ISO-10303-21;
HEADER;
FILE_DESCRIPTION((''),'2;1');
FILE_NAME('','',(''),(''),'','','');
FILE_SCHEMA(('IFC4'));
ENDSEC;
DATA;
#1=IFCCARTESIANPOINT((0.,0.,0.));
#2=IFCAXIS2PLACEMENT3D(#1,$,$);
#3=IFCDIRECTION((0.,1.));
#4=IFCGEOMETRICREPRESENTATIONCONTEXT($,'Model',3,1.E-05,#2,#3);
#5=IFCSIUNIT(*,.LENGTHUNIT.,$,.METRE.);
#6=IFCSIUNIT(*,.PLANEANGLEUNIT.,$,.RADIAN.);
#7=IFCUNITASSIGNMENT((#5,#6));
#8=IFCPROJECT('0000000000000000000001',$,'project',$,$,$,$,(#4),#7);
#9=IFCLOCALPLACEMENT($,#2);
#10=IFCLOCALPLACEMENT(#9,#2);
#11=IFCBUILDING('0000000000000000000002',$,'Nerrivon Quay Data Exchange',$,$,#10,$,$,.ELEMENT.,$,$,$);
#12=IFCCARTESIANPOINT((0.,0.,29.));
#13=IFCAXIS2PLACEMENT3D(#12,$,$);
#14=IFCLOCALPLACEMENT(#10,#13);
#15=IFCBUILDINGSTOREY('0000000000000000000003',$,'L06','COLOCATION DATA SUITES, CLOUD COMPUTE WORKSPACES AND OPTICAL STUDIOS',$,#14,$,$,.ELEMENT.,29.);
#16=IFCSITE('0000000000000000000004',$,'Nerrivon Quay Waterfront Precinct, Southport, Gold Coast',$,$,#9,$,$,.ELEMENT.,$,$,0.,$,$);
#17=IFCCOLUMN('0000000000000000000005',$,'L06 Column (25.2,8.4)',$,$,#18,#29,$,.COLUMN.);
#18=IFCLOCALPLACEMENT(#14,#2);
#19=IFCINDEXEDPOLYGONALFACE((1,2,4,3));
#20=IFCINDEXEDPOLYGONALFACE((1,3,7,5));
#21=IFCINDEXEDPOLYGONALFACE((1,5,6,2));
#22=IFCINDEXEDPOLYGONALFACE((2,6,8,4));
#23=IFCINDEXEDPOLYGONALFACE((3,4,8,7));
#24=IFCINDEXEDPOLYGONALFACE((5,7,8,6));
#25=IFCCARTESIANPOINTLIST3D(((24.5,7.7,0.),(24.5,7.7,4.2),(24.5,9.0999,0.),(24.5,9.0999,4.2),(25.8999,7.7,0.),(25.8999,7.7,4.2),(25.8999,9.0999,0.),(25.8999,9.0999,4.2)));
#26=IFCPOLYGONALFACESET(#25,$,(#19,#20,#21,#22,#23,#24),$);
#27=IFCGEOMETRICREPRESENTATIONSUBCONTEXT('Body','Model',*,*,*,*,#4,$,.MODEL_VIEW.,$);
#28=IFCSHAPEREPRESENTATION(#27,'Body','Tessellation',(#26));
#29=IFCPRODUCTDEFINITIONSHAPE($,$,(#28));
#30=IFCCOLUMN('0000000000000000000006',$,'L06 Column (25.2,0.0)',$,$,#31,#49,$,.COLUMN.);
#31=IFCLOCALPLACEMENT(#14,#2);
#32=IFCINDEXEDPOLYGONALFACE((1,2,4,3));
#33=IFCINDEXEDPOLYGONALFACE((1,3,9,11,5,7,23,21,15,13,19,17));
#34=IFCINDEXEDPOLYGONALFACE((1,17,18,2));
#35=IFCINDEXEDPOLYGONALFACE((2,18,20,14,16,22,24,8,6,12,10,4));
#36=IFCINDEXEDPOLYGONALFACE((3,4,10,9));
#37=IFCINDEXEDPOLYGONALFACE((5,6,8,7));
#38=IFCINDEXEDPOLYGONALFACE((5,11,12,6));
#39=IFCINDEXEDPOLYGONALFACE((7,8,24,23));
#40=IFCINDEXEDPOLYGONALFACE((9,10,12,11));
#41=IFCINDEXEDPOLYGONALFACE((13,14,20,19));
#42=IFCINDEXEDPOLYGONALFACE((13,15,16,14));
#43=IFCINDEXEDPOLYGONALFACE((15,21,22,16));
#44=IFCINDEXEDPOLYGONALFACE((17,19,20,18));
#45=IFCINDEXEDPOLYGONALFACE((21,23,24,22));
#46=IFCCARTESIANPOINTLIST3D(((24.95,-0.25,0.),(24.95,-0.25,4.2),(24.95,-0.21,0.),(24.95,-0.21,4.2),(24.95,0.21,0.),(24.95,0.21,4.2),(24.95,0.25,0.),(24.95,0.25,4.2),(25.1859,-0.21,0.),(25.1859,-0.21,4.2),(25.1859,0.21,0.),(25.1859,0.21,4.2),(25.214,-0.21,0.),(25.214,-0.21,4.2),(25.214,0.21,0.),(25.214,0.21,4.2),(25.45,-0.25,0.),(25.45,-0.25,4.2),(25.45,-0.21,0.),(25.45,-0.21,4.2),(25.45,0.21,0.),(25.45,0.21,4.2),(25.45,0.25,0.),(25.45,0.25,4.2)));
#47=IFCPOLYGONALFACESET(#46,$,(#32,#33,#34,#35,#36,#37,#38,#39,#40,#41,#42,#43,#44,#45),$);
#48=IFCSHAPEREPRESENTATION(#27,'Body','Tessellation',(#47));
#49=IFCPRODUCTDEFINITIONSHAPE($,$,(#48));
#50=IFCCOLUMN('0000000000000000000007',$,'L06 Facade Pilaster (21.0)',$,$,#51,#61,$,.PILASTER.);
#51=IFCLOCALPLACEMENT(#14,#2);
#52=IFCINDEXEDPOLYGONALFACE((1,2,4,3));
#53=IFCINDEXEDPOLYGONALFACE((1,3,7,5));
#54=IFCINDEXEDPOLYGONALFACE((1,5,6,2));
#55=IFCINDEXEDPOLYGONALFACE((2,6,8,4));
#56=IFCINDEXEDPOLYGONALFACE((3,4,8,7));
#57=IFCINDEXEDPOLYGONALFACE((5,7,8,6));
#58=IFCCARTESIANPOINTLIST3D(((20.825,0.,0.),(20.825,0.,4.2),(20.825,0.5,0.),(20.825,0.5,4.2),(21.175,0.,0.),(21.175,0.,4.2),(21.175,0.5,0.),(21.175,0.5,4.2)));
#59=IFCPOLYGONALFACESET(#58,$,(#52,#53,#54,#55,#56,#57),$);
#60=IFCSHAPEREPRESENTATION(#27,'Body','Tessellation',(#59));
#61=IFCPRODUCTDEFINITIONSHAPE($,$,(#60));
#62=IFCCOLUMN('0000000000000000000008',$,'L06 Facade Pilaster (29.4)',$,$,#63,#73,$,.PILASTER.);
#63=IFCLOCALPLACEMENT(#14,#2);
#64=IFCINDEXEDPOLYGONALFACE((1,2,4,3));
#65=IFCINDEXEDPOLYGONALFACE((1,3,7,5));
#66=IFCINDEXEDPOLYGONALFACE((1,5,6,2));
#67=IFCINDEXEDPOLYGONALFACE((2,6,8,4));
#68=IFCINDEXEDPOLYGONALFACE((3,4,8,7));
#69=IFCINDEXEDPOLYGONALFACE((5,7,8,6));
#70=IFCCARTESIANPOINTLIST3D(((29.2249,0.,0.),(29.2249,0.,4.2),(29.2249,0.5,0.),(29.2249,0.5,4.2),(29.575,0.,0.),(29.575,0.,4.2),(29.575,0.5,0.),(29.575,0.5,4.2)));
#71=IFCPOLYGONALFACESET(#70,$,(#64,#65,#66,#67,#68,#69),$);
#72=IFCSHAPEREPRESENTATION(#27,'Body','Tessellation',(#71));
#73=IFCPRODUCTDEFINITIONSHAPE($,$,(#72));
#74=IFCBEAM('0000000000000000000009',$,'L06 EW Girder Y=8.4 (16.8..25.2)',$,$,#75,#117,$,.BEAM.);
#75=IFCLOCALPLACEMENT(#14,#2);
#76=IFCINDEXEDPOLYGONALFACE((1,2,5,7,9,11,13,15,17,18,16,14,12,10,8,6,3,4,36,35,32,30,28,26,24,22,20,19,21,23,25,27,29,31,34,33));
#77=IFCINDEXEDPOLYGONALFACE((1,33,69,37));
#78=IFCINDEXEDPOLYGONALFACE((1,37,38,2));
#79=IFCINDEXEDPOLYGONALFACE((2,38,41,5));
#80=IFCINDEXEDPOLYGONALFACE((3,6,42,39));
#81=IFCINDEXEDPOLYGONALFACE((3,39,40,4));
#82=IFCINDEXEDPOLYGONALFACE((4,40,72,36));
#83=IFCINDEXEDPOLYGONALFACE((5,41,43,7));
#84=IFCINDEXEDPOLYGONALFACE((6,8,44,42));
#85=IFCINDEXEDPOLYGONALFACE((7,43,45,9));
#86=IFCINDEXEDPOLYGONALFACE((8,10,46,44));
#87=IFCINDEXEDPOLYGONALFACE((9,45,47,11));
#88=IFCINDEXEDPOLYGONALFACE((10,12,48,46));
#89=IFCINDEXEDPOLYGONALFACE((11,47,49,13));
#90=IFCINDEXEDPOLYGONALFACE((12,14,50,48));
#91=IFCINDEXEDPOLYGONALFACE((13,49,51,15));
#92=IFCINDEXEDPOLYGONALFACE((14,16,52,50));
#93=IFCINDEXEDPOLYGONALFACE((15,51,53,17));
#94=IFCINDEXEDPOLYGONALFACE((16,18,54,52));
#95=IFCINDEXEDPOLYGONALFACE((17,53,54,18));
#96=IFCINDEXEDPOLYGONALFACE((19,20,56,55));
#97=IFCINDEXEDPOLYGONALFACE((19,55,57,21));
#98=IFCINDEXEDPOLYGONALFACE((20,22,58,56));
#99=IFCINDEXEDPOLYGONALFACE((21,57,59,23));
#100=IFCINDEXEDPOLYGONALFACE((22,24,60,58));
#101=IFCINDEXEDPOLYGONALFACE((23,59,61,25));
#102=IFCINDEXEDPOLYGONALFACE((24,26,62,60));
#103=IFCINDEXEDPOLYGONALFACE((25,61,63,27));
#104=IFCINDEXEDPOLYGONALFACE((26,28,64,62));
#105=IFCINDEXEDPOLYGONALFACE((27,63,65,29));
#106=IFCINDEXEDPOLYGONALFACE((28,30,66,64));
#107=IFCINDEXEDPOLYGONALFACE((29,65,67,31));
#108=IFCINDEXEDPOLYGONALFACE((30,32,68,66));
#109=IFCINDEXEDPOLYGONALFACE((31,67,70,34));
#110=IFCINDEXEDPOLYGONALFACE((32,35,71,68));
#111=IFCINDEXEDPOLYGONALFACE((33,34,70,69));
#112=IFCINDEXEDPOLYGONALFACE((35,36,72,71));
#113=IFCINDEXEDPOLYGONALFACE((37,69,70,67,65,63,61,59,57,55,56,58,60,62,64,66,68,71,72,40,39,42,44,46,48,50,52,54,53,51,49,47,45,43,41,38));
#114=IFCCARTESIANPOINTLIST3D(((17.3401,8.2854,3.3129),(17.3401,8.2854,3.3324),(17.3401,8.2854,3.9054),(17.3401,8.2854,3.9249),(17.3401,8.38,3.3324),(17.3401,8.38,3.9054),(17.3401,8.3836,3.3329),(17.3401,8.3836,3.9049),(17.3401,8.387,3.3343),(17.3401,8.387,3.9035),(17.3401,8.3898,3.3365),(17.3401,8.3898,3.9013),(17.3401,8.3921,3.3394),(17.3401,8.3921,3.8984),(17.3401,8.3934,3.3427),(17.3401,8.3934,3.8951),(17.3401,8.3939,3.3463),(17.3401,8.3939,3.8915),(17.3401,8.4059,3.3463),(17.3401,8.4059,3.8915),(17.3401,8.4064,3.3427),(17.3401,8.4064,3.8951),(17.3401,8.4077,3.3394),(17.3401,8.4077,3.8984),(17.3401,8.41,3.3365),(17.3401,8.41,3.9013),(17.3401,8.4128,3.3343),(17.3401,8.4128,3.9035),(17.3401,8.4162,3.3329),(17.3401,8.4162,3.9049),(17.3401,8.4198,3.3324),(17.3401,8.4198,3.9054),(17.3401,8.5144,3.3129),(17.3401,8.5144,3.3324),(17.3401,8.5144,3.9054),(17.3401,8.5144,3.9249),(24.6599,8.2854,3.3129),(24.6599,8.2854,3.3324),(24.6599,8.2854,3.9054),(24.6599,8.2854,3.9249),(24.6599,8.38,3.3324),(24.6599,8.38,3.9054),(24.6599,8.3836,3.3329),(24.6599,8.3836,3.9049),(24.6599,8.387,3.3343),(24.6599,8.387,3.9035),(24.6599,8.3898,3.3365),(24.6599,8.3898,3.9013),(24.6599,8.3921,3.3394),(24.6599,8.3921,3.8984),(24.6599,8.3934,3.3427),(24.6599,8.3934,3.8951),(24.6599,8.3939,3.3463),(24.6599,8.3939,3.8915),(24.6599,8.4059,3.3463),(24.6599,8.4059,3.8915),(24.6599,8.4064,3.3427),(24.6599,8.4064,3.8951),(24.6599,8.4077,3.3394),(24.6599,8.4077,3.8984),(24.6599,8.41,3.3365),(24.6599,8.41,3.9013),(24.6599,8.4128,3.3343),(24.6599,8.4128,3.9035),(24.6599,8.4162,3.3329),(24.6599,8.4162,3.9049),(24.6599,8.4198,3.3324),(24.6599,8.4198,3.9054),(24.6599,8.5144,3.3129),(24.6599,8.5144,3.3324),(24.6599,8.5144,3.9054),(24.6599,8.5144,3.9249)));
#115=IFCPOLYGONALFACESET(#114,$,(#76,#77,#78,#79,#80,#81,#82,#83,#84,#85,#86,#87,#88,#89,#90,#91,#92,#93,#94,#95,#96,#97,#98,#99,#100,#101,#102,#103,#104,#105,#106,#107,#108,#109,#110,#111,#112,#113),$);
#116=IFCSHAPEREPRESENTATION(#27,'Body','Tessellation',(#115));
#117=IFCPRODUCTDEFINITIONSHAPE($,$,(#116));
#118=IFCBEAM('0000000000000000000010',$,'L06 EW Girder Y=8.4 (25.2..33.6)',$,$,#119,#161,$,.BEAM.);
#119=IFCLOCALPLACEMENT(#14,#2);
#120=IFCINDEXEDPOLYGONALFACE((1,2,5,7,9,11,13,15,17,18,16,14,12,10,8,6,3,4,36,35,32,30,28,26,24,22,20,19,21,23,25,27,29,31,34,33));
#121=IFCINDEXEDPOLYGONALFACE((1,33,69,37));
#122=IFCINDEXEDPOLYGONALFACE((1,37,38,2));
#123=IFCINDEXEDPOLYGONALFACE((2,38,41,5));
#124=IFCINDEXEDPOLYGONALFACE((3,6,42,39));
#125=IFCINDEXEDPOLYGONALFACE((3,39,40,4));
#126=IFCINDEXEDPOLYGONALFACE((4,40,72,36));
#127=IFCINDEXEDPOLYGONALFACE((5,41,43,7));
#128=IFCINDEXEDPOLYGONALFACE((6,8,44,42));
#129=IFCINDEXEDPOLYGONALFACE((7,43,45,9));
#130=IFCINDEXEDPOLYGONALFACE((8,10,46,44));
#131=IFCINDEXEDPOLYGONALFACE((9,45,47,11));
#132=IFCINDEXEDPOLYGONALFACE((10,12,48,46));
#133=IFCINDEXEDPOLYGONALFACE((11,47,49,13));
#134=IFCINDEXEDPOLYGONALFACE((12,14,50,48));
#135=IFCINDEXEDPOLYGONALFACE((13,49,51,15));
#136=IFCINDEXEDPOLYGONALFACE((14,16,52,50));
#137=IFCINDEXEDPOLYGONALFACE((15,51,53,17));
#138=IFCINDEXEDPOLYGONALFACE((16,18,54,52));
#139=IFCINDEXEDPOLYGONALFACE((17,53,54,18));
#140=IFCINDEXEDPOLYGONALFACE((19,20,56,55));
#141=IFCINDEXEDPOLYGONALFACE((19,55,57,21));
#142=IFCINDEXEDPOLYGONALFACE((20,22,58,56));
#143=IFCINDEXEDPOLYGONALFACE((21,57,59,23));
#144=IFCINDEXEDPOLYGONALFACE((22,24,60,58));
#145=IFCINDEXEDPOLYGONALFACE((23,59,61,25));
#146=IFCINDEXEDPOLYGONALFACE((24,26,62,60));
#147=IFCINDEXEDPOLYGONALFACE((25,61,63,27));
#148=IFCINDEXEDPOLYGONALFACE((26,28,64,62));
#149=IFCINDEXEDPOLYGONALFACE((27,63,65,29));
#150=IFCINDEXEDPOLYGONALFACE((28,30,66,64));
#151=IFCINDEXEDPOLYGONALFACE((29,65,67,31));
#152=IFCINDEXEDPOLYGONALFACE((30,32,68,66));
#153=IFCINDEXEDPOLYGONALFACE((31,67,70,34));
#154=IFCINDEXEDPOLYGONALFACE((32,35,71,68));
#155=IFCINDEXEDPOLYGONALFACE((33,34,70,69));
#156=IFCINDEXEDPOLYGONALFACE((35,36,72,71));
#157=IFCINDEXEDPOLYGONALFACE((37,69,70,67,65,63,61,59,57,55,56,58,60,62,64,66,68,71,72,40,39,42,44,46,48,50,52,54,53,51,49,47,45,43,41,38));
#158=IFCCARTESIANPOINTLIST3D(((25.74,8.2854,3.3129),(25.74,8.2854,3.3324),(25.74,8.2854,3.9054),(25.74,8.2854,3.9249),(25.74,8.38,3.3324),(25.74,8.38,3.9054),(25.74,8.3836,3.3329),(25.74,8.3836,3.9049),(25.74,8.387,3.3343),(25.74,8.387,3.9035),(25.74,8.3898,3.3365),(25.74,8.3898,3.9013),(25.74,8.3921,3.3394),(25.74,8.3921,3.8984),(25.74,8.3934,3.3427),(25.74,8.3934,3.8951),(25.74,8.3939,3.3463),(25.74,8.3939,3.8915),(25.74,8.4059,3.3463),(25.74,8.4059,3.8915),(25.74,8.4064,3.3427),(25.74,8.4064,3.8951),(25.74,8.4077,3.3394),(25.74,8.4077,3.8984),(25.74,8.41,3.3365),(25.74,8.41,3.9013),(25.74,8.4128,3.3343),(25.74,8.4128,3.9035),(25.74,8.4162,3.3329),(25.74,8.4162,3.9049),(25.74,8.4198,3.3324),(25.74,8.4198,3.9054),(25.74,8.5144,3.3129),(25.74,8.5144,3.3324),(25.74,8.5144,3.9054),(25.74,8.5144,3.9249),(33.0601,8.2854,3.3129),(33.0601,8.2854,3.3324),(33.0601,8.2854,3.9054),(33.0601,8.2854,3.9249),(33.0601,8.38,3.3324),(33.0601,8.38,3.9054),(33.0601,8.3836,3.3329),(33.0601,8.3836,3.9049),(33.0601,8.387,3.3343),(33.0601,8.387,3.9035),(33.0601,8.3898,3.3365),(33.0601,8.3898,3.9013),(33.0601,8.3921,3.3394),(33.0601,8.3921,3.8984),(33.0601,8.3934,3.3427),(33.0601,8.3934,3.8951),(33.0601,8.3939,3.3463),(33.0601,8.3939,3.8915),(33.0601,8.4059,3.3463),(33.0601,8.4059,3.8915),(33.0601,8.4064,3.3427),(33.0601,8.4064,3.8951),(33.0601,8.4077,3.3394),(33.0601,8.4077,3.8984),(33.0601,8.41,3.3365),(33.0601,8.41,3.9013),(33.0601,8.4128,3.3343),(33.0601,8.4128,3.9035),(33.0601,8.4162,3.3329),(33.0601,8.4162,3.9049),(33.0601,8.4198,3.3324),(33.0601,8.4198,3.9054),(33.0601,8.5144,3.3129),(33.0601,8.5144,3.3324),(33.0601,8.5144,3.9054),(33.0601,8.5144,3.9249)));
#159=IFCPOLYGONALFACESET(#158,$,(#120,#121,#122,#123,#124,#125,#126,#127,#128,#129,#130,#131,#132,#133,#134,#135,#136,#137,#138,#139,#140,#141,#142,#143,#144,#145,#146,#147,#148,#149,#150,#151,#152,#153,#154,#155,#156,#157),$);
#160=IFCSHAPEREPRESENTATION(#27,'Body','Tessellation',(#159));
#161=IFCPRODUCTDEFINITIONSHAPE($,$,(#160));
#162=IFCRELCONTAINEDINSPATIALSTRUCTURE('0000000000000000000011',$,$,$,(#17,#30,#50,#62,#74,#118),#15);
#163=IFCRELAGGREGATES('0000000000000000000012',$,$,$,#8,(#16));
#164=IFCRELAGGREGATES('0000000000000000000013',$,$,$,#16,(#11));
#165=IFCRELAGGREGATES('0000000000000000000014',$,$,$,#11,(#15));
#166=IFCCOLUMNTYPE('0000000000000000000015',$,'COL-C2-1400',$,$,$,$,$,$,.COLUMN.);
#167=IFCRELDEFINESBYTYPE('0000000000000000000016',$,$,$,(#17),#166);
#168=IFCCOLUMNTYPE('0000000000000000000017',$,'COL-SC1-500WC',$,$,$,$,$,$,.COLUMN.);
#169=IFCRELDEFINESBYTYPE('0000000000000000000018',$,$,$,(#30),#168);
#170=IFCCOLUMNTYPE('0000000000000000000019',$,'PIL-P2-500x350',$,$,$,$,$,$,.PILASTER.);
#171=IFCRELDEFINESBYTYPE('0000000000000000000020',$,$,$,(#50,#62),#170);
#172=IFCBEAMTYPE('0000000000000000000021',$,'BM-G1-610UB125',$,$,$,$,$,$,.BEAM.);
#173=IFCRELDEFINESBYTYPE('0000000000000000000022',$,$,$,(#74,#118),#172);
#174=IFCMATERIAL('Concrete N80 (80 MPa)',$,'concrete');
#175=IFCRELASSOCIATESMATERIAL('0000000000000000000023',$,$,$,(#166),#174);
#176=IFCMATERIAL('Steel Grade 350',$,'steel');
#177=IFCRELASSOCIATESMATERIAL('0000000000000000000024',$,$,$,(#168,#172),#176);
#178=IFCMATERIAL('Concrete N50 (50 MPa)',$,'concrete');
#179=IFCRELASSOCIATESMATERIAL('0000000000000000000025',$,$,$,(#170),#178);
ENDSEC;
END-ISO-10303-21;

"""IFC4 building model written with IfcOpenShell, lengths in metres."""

from ifc_helpers import new_model, si_unit, direction, frame, origin, origin_2d, place, context, subcontext, project, spatial, rectangle, i_section, extrude, material, material_profile, profile_set, type_object, element, save


model = new_model("IFC4")

# Units and contexts
model_context = context("Model", 3, precision=1e-05, world=origin(), true_north=direction((0.0, 1.0)))
body_context = subcontext(model_context, "Body", "Model", "MODEL_VIEW")
ifc_project = project(units=[si_unit("LENGTHUNIT", "METRE"), si_unit("PLANEANGLEUNIT", "RADIAN")], contexts=[model_context])

# Site, building, storey
site_placement = place(None, origin())
site = spatial("IfcSite", under=ifc_project, at=site_placement, Name="Nerrivon Quay Waterfront Precinct, Southport, Gold Coast", CompositionType="ELEMENT", RefElevation=0.0)
building_placement = place(site_placement, origin())
building = spatial("IfcBuilding", under=site, at=building_placement, Name="Nerrivon Quay Data Exchange", CompositionType="ELEMENT")
storey_placement = place(building_placement, frame((0.0, 0.0, 29.0)))
storey = spatial("IfcBuildingStorey", under=building, at=storey_placement, Name="L06", Description="COLOCATION DATA SUITES, CLOUD COMPUTE WORKSPACES AND OPTICAL STUDIOS", CompositionType="ELEMENT", Elevation=29.0)

# Columns
ifc_material_1 = material(Name="Concrete N80 (80 MPa)", Category="concrete")
ifc_material_profile_1 = material_profile(ifc_material_1, rectangle(XDim=1.3999, YDim=1.3999, at=origin_2d()), Name="RC-COL-1400x1400")
ifc_profile_set_1 = profile_set([ifc_material_profile_1], Name="Concrete N80 (80 MPa)")
column_type_1 = type_object("IfcColumnType", Name="COL-C2-1400", PredefinedType="COLUMN", material=ifc_profile_set_1)
column_1_placement = place(storey_placement, frame((25.2, 8.3999, 0.0), z_axis=(0.0, 0.0, 1.0), x_axis=(1.0, 0.0, 0.0)))
element("IfcColumn", 1, at=column_1_placement, inside=storey, type_object=column_type_1, Name="L06 Column (25.2,8.4)", PredefinedType="COLUMN", context=body_context, shape_type="SweptSolid", body=[
    extrude(rectangle(XDim=1.3999, YDim=1.3999, at=origin_2d()), origin(), (0.0, 0.0, 1.0), 4.2),
])
ifc_material_2 = material(Name="Steel Grade 350", Category="steel")
ifc_material_profile_2 = material_profile(ifc_material_2, i_section(OverallWidth=0.5, OverallDepth=0.5, WebThickness=0.0281, FlangeThickness=0.04, at=origin_2d()), Name="500WC440")
ifc_profile_set_2 = profile_set([ifc_material_profile_2], Name="Steel Grade 350")
column_type_2 = type_object("IfcColumnType", Name="COL-SC1-500WC", PredefinedType="COLUMN", material=ifc_profile_set_2)
column_2_placement = place(storey_placement, frame((25.2, 0.0, 0.0), z_axis=(0.0, 0.0, 1.0), x_axis=(1.0, 0.0, 0.0)))
element("IfcColumn", 2, at=column_2_placement, inside=storey, type_object=column_type_2, Name="L06 Column (25.2,0.0)", PredefinedType="COLUMN", context=body_context, shape_type="SweptSolid", body=[
    extrude(i_section(OverallWidth=0.5, OverallDepth=0.5, WebThickness=0.0281, FlangeThickness=0.04, at=origin_2d()), origin(), (0.0, 0.0, 1.0), 4.2),
])
ifc_material_3 = material(Name="Concrete N50 (50 MPa)", Category="concrete")
ifc_material_profile_3 = material_profile(ifc_material_3, rectangle(XDim=0.3501, YDim=0.5, at=origin_2d()), Name="RC-PIL-500x350")
ifc_profile_set_3 = profile_set([ifc_material_profile_3], Name="Concrete N50 (50 MPa)")
column_type_3 = type_object("IfcColumnType", Name="PIL-P2-500x350", PredefinedType="PILASTER", material=ifc_profile_set_3)
for number, where, z_axis, x_axis, name in (
    (3, (21.0, 0.25, 0.0), (0.0, 0.0, 1.0), (1.0, 0.0, 0.0), "L06 Facade Pilaster (21.0)"),
    (4, (29.3999, 0.25, 0.0), (0.0, 0.0, 1.0), (1.0, 0.0, 0.0), "L06 Facade Pilaster (29.4)"),
):
    element("IfcColumn", number, at=place(storey_placement, frame(where, z_axis=z_axis, x_axis=x_axis)), inside=storey, type_object=column_type_3, Name=name, PredefinedType="PILASTER", context=body_context, shape_type="SweptSolid", body=[
        extrude(rectangle(XDim=0.3501, YDim=0.5, at=origin_2d()), origin(), (0.0, 0.0, 1.0), 4.2),
    ])

# Beams
ifc_material_profile_4 = material_profile(ifc_material_2, i_section(OverallWidth=0.229, OverallDepth=0.6121, WebThickness=0.012, FlangeThickness=0.0195, FilletRadius=0.0139, at=origin_2d()), Name="610UB125")
ifc_profile_set_4 = profile_set([ifc_material_profile_4], Name="Steel Grade 350")
beam_type_1 = type_object("IfcBeamType", Name="BM-G1-610UB125", PredefinedType="BEAM", material=ifc_profile_set_4)
beam_1_placement = place(storey_placement, frame((17.3401, 8.3999, 3.6189), z_axis=(1.0, 0.0, 0.0), x_axis=(0.0, 1.0, 0.0)))
element("IfcBeam", 5, at=beam_1_placement, inside=storey, type_object=beam_type_1, Name="L06 EW Girder Y=8.4 (16.8..25.2)", PredefinedType="BEAM", context=body_context, shape_type="SweptSolid", body=[
    extrude(i_section(OverallWidth=0.229, OverallDepth=0.6121, WebThickness=0.012, FlangeThickness=0.0195, FilletRadius=0.0139, at=origin_2d()), origin(), (0.0, 0.0, 1.0), 7.3198),
])
beam_2_placement = place(storey_placement, frame((25.74, 8.3999, 3.6189), z_axis=(1.0, 0.0, 0.0), x_axis=(0.0, 1.0, 0.0)))
element("IfcBeam", 6, at=beam_2_placement, inside=storey, type_object=beam_type_1, Name="L06 EW Girder Y=8.4 (25.2..33.6)", PredefinedType="BEAM", context=body_context, shape_type="SweptSolid", body=[
    extrude(i_section(OverallWidth=0.229, OverallDepth=0.6121, WebThickness=0.012, FlangeThickness=0.0195, FilletRadius=0.0139, at=origin_2d()), origin(), (0.0, 0.0, 1.0), 7.3201),
])

save(model, "model.ifc")
